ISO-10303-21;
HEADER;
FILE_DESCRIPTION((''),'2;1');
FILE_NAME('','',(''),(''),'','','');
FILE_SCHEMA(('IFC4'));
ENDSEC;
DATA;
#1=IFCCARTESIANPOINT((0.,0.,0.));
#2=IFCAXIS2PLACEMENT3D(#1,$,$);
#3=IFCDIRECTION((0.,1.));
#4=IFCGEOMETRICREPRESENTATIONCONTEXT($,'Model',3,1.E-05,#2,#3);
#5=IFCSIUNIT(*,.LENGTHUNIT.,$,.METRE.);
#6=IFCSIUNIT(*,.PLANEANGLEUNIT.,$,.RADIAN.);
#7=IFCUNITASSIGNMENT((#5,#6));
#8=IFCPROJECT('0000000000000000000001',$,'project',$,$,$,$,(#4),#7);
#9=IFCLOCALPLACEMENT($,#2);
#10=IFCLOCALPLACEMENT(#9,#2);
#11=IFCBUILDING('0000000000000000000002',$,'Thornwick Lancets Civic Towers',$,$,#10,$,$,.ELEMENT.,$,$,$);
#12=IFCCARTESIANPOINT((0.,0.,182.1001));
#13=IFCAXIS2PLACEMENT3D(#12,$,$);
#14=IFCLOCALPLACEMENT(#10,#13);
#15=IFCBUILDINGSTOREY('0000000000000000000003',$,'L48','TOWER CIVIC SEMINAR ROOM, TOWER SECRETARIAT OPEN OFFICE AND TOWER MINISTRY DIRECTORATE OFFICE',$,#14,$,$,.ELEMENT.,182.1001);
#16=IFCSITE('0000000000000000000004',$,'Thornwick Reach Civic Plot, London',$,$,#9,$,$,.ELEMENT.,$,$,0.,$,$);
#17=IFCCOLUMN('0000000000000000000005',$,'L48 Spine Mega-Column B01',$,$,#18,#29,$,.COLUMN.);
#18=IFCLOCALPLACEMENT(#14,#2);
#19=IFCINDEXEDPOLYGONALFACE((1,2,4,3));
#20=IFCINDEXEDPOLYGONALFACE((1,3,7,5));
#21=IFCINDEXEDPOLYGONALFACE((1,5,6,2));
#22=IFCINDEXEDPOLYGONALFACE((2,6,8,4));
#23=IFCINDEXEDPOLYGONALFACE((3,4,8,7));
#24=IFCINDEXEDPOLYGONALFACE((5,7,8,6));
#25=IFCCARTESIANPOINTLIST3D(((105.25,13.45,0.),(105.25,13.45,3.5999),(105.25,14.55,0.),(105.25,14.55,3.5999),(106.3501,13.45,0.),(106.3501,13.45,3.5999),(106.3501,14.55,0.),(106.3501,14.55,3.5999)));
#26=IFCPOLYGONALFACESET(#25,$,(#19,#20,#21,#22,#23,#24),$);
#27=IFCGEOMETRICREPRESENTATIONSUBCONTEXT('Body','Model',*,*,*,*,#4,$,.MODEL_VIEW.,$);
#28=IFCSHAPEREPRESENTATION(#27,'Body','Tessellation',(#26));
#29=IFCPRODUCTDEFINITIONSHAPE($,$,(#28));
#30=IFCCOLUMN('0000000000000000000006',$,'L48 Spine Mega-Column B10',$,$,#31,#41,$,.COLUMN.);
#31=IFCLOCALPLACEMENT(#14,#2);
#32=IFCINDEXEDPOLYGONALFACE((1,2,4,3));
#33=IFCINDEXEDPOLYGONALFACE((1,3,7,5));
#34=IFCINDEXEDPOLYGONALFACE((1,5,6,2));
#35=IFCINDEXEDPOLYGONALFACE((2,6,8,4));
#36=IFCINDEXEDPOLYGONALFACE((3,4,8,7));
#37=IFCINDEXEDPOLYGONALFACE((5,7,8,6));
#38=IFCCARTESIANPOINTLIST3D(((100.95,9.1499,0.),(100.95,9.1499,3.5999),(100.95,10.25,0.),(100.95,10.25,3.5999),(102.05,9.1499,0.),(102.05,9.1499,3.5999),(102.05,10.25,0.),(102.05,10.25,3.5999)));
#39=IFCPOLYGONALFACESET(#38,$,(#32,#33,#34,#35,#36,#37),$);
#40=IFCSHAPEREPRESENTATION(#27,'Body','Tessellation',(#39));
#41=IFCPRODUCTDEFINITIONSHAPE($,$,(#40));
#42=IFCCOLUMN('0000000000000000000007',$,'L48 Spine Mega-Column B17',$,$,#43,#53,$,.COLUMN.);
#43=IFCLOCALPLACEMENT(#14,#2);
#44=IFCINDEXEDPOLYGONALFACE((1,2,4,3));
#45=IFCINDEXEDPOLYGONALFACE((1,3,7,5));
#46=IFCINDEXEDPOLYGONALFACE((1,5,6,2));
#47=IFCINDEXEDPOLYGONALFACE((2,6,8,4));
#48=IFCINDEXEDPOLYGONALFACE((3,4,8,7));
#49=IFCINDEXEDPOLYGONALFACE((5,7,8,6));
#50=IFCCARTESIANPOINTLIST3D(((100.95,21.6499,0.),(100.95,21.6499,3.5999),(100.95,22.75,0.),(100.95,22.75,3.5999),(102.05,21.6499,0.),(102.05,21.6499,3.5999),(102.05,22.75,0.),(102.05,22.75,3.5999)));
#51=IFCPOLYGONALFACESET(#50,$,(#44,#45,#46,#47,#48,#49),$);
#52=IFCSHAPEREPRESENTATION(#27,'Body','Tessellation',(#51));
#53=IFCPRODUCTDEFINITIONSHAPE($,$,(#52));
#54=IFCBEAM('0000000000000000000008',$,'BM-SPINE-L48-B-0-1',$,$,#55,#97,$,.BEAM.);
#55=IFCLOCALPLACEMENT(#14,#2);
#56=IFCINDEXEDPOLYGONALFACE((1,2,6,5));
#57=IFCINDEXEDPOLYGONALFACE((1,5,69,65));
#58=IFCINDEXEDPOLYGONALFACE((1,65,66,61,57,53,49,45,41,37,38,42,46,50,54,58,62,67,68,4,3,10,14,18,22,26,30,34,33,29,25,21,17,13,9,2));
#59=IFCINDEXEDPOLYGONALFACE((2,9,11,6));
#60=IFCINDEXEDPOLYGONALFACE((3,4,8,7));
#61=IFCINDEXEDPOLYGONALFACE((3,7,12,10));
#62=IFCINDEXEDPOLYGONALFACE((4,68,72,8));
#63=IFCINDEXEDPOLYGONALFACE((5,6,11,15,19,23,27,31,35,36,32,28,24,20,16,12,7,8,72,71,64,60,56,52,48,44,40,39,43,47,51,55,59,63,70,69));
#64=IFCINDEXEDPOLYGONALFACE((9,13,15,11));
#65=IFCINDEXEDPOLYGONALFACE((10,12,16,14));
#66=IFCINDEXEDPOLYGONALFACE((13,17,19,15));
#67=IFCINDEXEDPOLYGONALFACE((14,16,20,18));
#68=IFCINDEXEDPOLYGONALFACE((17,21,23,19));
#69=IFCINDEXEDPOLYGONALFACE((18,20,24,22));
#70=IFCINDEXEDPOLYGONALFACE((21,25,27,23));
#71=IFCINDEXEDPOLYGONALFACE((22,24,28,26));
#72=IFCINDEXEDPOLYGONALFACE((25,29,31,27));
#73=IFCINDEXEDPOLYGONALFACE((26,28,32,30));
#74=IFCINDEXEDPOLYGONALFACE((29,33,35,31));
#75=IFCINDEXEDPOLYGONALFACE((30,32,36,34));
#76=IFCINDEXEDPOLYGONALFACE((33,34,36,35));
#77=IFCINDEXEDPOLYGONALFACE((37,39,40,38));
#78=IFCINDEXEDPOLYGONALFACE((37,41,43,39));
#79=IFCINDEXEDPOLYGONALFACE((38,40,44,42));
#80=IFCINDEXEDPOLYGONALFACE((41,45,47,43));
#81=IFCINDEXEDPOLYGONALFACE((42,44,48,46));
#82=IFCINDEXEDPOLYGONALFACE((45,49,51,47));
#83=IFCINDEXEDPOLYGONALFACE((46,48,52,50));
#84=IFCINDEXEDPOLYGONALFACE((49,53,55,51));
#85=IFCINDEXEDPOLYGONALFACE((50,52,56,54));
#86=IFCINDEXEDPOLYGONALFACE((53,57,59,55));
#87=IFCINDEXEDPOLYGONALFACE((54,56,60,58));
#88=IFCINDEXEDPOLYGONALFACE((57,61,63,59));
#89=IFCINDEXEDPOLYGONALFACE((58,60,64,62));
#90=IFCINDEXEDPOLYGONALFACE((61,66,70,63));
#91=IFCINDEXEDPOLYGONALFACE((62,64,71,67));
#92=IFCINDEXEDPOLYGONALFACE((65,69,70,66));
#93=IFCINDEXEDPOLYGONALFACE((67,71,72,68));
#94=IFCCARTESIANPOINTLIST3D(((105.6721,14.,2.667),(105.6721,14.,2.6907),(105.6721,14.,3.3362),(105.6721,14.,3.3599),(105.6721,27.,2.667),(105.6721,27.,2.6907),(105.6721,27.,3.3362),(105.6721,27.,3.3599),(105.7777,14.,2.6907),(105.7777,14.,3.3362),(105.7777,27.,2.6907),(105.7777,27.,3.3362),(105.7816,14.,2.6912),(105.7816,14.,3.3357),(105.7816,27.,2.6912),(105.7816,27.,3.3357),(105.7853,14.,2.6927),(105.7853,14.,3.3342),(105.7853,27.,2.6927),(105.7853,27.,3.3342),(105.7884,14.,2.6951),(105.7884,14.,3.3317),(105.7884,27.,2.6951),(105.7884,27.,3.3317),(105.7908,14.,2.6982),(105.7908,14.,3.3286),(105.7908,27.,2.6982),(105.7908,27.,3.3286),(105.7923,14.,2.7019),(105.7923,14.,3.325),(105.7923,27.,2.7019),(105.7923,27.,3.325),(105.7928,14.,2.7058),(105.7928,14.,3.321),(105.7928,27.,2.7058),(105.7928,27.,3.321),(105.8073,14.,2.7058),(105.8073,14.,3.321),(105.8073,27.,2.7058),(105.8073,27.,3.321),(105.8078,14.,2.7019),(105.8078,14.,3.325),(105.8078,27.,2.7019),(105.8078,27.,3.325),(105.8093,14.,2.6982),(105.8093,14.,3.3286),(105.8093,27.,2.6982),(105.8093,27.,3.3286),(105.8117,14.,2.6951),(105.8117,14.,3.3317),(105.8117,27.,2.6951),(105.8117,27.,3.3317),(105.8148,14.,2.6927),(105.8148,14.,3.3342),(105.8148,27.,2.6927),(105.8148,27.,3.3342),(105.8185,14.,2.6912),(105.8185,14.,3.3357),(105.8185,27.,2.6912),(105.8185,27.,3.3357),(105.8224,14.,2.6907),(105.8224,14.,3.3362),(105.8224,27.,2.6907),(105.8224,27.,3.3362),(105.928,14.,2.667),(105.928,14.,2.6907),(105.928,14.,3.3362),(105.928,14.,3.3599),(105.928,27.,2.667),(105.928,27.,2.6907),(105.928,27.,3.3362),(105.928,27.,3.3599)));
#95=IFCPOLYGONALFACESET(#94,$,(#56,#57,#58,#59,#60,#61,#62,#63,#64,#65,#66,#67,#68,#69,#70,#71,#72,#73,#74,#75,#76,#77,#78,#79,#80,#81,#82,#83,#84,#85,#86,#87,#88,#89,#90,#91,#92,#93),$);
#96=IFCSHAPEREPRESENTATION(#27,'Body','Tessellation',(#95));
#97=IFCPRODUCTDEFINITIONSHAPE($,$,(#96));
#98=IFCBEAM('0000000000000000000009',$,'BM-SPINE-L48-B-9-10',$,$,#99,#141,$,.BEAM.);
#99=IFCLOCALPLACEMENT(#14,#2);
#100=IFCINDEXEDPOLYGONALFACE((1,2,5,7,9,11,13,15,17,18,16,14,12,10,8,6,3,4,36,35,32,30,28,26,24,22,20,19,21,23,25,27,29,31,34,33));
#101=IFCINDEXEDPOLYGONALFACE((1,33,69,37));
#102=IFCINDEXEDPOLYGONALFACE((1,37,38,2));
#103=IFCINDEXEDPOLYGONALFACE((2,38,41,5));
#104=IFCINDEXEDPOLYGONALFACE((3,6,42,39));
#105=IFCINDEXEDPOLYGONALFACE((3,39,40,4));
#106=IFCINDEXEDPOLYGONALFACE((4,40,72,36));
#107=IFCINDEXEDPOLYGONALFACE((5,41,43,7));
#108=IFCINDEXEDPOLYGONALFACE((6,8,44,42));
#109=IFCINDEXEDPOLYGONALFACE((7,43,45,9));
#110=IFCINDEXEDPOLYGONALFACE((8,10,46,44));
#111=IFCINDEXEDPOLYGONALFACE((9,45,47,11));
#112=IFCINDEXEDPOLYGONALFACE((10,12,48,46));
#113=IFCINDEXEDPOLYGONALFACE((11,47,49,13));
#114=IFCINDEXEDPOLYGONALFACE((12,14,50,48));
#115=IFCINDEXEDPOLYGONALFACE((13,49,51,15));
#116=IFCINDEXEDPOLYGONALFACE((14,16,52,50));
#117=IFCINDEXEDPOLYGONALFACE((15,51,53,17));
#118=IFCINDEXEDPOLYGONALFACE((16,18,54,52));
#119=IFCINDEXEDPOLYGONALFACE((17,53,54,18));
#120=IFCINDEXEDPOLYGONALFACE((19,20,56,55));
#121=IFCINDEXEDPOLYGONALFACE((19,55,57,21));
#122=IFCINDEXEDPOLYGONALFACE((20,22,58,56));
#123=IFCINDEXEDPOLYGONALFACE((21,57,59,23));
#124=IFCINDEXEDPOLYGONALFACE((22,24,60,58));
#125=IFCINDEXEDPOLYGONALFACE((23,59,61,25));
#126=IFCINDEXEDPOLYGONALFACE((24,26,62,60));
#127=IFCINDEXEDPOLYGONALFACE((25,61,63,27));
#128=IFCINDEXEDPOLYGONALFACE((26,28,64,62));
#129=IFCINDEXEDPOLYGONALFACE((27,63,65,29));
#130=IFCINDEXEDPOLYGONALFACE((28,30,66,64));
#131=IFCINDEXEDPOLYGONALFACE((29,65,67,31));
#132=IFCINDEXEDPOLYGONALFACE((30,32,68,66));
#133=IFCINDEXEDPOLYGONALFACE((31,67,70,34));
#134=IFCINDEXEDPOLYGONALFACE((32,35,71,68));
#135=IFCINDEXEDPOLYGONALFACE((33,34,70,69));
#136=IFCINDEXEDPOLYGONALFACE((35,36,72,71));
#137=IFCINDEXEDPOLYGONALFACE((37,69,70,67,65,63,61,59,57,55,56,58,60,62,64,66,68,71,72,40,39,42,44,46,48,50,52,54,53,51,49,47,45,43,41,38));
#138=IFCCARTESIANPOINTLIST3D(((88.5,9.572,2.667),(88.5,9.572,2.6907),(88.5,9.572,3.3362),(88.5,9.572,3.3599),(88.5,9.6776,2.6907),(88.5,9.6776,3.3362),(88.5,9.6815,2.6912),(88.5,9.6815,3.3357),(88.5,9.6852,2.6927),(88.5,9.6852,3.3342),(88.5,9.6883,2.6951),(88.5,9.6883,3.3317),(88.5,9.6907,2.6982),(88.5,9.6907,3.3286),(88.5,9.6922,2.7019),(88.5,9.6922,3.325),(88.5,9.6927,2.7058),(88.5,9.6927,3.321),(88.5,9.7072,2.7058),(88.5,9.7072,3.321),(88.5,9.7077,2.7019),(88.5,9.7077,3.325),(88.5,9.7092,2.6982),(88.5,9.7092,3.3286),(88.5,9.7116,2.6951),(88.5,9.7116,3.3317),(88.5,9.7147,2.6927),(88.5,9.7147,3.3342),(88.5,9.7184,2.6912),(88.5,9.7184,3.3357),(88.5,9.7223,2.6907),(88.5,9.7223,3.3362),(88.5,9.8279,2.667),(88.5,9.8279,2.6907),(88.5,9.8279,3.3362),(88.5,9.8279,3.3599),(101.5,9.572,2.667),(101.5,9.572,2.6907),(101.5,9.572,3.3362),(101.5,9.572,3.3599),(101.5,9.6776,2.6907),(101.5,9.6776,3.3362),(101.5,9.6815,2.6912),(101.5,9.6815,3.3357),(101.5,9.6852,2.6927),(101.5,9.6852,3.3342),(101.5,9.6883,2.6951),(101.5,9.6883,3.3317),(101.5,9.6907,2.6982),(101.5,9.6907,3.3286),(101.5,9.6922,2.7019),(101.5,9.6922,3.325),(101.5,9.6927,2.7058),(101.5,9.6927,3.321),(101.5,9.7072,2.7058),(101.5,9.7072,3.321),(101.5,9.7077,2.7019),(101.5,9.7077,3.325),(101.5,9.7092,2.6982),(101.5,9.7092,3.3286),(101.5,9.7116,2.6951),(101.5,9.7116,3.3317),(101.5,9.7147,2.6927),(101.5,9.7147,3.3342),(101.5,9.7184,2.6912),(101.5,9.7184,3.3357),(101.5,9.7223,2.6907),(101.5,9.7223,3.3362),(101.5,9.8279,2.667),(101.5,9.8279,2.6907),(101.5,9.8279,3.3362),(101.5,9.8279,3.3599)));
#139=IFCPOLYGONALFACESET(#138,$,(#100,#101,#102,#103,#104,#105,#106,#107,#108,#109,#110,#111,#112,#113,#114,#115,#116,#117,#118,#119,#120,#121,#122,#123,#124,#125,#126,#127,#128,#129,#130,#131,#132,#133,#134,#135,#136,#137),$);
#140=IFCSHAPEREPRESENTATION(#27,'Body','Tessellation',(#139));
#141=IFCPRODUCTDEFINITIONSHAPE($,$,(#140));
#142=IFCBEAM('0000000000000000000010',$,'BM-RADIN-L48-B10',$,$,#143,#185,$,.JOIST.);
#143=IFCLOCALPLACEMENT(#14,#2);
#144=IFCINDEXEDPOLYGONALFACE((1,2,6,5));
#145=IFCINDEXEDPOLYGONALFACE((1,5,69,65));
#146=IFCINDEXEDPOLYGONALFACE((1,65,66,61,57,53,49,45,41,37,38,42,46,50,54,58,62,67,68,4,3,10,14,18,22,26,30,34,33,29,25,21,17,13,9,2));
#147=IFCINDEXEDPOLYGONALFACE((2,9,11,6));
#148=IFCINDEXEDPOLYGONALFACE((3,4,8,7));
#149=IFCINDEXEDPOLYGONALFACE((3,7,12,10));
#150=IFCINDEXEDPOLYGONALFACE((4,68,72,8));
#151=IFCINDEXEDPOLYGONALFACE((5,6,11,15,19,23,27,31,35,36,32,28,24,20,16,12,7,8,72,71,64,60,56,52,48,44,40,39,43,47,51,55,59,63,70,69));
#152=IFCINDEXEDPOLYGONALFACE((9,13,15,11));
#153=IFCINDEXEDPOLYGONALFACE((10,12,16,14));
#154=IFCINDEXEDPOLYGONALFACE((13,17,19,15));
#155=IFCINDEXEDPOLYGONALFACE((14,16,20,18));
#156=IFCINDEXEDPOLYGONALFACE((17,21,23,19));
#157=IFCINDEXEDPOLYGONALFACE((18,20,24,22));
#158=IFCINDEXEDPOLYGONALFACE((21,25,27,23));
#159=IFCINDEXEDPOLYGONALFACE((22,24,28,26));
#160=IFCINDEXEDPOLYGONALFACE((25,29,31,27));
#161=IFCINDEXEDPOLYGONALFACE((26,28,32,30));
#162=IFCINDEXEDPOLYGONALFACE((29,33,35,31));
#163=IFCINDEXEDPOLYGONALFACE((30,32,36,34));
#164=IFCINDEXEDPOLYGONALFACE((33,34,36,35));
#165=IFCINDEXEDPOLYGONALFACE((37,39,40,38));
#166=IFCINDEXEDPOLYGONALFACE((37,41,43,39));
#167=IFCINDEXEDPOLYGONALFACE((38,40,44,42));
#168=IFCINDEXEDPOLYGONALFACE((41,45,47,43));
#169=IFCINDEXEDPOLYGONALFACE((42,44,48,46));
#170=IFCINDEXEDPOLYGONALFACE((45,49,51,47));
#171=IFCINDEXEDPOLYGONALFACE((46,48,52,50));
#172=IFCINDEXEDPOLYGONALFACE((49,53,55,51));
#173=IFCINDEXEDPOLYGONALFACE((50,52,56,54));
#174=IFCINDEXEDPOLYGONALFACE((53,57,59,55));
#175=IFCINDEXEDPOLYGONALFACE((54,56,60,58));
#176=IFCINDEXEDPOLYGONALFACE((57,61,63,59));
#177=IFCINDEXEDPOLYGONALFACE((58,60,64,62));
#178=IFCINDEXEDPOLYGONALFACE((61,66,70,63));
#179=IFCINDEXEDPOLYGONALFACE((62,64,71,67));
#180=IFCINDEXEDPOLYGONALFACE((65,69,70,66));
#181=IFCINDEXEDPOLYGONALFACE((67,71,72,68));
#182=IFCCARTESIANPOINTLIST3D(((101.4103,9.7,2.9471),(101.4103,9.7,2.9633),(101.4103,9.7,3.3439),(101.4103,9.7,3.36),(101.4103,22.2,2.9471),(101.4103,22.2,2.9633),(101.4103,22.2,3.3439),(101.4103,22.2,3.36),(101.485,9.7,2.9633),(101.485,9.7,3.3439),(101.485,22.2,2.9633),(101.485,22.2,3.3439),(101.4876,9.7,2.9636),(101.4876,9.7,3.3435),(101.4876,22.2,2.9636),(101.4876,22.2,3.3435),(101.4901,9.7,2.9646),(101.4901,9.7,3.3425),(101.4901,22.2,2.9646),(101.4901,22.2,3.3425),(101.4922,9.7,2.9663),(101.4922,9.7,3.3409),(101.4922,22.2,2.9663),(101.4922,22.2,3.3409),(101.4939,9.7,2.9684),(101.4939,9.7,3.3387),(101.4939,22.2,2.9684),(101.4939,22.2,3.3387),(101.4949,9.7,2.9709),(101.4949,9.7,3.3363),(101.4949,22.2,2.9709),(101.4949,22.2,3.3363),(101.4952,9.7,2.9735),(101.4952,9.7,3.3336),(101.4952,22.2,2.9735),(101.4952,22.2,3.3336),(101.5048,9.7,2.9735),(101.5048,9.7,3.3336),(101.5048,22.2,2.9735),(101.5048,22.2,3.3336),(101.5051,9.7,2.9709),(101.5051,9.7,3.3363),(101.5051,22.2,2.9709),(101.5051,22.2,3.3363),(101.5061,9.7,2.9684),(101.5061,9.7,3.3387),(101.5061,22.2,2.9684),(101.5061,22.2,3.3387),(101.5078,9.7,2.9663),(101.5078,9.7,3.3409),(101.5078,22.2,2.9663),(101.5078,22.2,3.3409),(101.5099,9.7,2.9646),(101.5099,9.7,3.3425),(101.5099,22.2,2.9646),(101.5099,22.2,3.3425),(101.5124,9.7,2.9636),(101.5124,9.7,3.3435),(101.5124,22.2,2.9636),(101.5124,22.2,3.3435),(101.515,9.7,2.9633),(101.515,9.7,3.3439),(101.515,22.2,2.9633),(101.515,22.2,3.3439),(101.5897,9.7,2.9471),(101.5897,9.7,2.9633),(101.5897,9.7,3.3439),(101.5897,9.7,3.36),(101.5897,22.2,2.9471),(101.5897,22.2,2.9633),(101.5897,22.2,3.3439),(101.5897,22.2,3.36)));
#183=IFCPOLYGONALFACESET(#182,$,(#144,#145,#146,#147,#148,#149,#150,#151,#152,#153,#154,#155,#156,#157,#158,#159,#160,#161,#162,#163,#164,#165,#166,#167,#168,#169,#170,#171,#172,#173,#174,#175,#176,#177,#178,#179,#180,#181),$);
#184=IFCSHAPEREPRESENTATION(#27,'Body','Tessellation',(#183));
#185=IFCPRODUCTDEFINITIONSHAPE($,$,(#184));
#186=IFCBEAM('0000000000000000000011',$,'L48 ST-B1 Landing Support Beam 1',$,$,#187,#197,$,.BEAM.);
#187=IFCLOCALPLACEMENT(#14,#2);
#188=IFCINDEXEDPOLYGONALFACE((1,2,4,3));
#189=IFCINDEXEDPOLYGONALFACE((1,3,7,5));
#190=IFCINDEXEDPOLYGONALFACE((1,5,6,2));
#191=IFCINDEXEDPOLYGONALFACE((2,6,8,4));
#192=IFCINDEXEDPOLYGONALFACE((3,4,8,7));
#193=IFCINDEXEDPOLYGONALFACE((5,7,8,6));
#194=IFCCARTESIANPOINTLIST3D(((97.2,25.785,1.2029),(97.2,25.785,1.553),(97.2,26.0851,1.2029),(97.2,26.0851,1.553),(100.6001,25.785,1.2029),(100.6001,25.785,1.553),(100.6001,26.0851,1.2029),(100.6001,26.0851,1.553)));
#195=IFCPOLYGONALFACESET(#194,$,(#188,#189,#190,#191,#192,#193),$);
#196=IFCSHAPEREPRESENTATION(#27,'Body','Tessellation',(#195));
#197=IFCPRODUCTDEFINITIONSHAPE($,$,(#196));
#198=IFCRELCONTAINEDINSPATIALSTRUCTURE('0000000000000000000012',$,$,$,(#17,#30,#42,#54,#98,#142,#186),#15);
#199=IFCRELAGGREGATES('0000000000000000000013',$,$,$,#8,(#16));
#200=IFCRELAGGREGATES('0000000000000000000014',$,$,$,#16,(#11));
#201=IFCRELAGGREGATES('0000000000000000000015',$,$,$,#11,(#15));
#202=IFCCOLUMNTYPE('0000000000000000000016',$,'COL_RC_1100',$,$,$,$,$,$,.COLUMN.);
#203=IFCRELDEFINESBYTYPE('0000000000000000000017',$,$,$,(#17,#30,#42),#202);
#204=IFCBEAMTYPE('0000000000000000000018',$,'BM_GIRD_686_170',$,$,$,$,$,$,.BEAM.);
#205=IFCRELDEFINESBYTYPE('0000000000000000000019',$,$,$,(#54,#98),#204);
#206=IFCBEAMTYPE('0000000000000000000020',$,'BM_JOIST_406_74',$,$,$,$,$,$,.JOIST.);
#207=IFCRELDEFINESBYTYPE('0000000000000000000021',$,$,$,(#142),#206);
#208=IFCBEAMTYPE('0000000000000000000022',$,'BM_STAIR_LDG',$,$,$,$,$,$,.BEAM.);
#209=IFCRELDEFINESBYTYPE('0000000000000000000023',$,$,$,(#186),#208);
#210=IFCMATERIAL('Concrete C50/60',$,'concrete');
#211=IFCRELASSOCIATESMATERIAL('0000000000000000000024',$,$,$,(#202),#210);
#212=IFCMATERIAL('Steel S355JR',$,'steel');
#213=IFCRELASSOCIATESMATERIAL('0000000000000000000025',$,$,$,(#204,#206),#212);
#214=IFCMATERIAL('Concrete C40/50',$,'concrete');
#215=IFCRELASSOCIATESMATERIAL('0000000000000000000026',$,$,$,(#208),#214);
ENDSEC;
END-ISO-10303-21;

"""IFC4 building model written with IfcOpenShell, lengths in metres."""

from ifc_helpers import new_model, si_unit, direction, frame, origin, origin_2d, place, context, subcontext, project, spatial, rectangle, i_section, extrude, material, material_profile, profile_set, type_object, element, save


model = new_model("IFC4")

# Units and contexts
model_context = context("Model", 3, precision=1e-05, world=origin(), true_north=direction((0.0, 1.0)))
body_context = subcontext(model_context, "Body", "Model", "MODEL_VIEW")
ifc_project = project(units=[si_unit("LENGTHUNIT", "METRE"), si_unit("PLANEANGLEUNIT", "RADIAN")], contexts=[model_context])

# Site, building, storey
site_placement = place(None, origin())
site = spatial("IfcSite", under=ifc_project, at=site_placement, Name="Thornwick Reach Civic Plot, London", CompositionType="ELEMENT", RefElevation=0.0)
building_placement = place(site_placement, origin())
building = spatial("IfcBuilding", under=site, at=building_placement, Name="Thornwick Lancets Civic Towers", CompositionType="ELEMENT")
storey_placement = place(building_placement, frame((0.0, 0.0, 182.1001)))
storey = spatial("IfcBuildingStorey", under=building, at=storey_placement, Name="L48", Description="TOWER CIVIC SEMINAR ROOM, TOWER SECRETARIAT OPEN OFFICE AND TOWER MINISTRY DIRECTORATE OFFICE", CompositionType="ELEMENT", Elevation=182.1001)

# Columns
ifc_material_1 = material(Name="Concrete C50/60", Category="concrete")
ifc_material_profile_1 = material_profile(ifc_material_1, rectangle(XDim=1.1001, YDim=1.1001, at=origin_2d()), Name="RC 1100x1100")
ifc_profile_set_1 = profile_set([ifc_material_profile_1], Name="Concrete C50/60")
column_type = type_object("IfcColumnType", Name="COL_RC_1100", PredefinedType="COLUMN", material=ifc_profile_set_1)
for number, where, z_axis, x_axis, name in (
    (1, (105.8, 14.0, 0.0), (0.0, 0.0, 1.0), (1.0, 0.0, 0.0), "L48 Spine Mega-Column B01"),
    (2, (101.5, 9.7, 0.0), (0.0, 0.0, 1.0), (1.0, 0.0, 0.0), "L48 Spine Mega-Column B10"),
    (3, (101.5, 22.2, 0.0), (0.0, 0.0, 1.0), (1.0, 0.0, 0.0), "L48 Spine Mega-Column B17"),
):
    element("IfcColumn", number, at=place(storey_placement, frame(where, z_axis=z_axis, x_axis=x_axis)), inside=storey, type_object=column_type, Name=name, PredefinedType="COLUMN", context=body_context, shape_type="SweptSolid", body=[
        extrude(rectangle(XDim=1.1001, YDim=1.1001, at=origin_2d()), origin(), (0.0, 0.0, 1.0), 3.5999),
    ])

# Beams
ifc_material_2 = material(Name="Steel S355JR", Category="steel")
ifc_material_profile_2 = material_profile(ifc_material_2, i_section(OverallWidth=0.2559, OverallDepth=0.6929, WebThickness=0.0144, FlangeThickness=0.0237, FilletRadius=0.0151, at=origin_2d()), Name="UKB 686x254x170")
ifc_profile_set_2 = profile_set([ifc_material_profile_2], Name="Steel S355JR")
beam_type_1 = type_object("IfcBeamType", Name="BM_GIRD_686_170", PredefinedType="BEAM", material=ifc_profile_set_2)
for number, where, z_axis, x_axis, name in (
    (4, (105.8, 14.0, 3.0134), (0.0, 1.0, 0.0), (-1.0, 0.0, 0.0), "BM-SPINE-L48-B-0-1"),
    (5, (101.5, 9.7, 3.0134), (-1.0, 0.0, 0.0), (0.0, -1.0, 0.0), "BM-SPINE-L48-B-9-10"),
):
    element("IfcBeam", number, at=place(storey_placement, frame(where, z_axis=z_axis, x_axis=x_axis)), inside=storey, type_object=beam_type_1, Name=name, PredefinedType="BEAM", context=body_context, shape_type="SweptSolid", body=[
        extrude(i_section(OverallWidth=0.2559, OverallDepth=0.6929, WebThickness=0.0144, FlangeThickness=0.0237, FilletRadius=0.0151, at=origin_2d()), origin(), (0.0, 0.0, 1.0), 13.0),
    ])
ifc_material_profile_3 = material_profile(ifc_material_2, i_section(OverallWidth=0.1794, OverallDepth=0.4128, WebThickness=0.0095, FlangeThickness=0.0161, FilletRadius=0.0103, at=origin_2d()), Name="UKB 406x178x74")
ifc_profile_set_3 = profile_set([ifc_material_profile_3], Name="Steel S355JR")
beam_type_2 = type_object("IfcBeamType", Name="BM_JOIST_406_74", PredefinedType="JOIST", material=ifc_profile_set_3)
beam_1_placement = place(storey_placement, frame((101.5, 22.2, 3.1536), z_axis=(0.0, -1.0, 0.0), x_axis=(1.0, 0.0, 0.0)))
element("IfcBeam", 6, at=beam_1_placement, inside=storey, type_object=beam_type_2, Name="BM-RADIN-L48-B10", PredefinedType="JOIST", context=body_context, shape_type="SweptSolid", body=[
    extrude(i_section(OverallWidth=0.1794, OverallDepth=0.4128, WebThickness=0.0095, FlangeThickness=0.0161, FilletRadius=0.0103, at=origin_2d()), origin(), (0.0, 0.0, 1.0), 12.5),
])
ifc_material_3 = material(Name="Concrete C40/50", Category="concrete")
ifc_material_profile_4 = material_profile(ifc_material_3, rectangle(XDim=0.3, YDim=0.3501, at=origin_2d()), Name="RC 300x350")
ifc_profile_set_4 = profile_set([ifc_material_profile_4], Name="Concrete C40/50")
beam_type_3 = type_object("IfcBeamType", Name="BM_STAIR_LDG", PredefinedType="BEAM", material=ifc_profile_set_4)
beam_2_placement = place(storey_placement, frame((100.6001, 25.9351, 1.3779), z_axis=(-1.0, 0.0, 0.0), x_axis=(0.0, -1.0, 0.0)))
element("IfcBeam", 7, at=beam_2_placement, inside=storey, type_object=beam_type_3, Name="L48 ST-B1 Landing Support Beam 1", PredefinedType="BEAM", context=body_context, shape_type="SweptSolid", body=[
    extrude(rectangle(XDim=0.3, YDim=0.3501, at=origin_2d()), origin(), (0.0, 0.0, 1.0), 3.4001),
])

save(model, "model.ifc")
